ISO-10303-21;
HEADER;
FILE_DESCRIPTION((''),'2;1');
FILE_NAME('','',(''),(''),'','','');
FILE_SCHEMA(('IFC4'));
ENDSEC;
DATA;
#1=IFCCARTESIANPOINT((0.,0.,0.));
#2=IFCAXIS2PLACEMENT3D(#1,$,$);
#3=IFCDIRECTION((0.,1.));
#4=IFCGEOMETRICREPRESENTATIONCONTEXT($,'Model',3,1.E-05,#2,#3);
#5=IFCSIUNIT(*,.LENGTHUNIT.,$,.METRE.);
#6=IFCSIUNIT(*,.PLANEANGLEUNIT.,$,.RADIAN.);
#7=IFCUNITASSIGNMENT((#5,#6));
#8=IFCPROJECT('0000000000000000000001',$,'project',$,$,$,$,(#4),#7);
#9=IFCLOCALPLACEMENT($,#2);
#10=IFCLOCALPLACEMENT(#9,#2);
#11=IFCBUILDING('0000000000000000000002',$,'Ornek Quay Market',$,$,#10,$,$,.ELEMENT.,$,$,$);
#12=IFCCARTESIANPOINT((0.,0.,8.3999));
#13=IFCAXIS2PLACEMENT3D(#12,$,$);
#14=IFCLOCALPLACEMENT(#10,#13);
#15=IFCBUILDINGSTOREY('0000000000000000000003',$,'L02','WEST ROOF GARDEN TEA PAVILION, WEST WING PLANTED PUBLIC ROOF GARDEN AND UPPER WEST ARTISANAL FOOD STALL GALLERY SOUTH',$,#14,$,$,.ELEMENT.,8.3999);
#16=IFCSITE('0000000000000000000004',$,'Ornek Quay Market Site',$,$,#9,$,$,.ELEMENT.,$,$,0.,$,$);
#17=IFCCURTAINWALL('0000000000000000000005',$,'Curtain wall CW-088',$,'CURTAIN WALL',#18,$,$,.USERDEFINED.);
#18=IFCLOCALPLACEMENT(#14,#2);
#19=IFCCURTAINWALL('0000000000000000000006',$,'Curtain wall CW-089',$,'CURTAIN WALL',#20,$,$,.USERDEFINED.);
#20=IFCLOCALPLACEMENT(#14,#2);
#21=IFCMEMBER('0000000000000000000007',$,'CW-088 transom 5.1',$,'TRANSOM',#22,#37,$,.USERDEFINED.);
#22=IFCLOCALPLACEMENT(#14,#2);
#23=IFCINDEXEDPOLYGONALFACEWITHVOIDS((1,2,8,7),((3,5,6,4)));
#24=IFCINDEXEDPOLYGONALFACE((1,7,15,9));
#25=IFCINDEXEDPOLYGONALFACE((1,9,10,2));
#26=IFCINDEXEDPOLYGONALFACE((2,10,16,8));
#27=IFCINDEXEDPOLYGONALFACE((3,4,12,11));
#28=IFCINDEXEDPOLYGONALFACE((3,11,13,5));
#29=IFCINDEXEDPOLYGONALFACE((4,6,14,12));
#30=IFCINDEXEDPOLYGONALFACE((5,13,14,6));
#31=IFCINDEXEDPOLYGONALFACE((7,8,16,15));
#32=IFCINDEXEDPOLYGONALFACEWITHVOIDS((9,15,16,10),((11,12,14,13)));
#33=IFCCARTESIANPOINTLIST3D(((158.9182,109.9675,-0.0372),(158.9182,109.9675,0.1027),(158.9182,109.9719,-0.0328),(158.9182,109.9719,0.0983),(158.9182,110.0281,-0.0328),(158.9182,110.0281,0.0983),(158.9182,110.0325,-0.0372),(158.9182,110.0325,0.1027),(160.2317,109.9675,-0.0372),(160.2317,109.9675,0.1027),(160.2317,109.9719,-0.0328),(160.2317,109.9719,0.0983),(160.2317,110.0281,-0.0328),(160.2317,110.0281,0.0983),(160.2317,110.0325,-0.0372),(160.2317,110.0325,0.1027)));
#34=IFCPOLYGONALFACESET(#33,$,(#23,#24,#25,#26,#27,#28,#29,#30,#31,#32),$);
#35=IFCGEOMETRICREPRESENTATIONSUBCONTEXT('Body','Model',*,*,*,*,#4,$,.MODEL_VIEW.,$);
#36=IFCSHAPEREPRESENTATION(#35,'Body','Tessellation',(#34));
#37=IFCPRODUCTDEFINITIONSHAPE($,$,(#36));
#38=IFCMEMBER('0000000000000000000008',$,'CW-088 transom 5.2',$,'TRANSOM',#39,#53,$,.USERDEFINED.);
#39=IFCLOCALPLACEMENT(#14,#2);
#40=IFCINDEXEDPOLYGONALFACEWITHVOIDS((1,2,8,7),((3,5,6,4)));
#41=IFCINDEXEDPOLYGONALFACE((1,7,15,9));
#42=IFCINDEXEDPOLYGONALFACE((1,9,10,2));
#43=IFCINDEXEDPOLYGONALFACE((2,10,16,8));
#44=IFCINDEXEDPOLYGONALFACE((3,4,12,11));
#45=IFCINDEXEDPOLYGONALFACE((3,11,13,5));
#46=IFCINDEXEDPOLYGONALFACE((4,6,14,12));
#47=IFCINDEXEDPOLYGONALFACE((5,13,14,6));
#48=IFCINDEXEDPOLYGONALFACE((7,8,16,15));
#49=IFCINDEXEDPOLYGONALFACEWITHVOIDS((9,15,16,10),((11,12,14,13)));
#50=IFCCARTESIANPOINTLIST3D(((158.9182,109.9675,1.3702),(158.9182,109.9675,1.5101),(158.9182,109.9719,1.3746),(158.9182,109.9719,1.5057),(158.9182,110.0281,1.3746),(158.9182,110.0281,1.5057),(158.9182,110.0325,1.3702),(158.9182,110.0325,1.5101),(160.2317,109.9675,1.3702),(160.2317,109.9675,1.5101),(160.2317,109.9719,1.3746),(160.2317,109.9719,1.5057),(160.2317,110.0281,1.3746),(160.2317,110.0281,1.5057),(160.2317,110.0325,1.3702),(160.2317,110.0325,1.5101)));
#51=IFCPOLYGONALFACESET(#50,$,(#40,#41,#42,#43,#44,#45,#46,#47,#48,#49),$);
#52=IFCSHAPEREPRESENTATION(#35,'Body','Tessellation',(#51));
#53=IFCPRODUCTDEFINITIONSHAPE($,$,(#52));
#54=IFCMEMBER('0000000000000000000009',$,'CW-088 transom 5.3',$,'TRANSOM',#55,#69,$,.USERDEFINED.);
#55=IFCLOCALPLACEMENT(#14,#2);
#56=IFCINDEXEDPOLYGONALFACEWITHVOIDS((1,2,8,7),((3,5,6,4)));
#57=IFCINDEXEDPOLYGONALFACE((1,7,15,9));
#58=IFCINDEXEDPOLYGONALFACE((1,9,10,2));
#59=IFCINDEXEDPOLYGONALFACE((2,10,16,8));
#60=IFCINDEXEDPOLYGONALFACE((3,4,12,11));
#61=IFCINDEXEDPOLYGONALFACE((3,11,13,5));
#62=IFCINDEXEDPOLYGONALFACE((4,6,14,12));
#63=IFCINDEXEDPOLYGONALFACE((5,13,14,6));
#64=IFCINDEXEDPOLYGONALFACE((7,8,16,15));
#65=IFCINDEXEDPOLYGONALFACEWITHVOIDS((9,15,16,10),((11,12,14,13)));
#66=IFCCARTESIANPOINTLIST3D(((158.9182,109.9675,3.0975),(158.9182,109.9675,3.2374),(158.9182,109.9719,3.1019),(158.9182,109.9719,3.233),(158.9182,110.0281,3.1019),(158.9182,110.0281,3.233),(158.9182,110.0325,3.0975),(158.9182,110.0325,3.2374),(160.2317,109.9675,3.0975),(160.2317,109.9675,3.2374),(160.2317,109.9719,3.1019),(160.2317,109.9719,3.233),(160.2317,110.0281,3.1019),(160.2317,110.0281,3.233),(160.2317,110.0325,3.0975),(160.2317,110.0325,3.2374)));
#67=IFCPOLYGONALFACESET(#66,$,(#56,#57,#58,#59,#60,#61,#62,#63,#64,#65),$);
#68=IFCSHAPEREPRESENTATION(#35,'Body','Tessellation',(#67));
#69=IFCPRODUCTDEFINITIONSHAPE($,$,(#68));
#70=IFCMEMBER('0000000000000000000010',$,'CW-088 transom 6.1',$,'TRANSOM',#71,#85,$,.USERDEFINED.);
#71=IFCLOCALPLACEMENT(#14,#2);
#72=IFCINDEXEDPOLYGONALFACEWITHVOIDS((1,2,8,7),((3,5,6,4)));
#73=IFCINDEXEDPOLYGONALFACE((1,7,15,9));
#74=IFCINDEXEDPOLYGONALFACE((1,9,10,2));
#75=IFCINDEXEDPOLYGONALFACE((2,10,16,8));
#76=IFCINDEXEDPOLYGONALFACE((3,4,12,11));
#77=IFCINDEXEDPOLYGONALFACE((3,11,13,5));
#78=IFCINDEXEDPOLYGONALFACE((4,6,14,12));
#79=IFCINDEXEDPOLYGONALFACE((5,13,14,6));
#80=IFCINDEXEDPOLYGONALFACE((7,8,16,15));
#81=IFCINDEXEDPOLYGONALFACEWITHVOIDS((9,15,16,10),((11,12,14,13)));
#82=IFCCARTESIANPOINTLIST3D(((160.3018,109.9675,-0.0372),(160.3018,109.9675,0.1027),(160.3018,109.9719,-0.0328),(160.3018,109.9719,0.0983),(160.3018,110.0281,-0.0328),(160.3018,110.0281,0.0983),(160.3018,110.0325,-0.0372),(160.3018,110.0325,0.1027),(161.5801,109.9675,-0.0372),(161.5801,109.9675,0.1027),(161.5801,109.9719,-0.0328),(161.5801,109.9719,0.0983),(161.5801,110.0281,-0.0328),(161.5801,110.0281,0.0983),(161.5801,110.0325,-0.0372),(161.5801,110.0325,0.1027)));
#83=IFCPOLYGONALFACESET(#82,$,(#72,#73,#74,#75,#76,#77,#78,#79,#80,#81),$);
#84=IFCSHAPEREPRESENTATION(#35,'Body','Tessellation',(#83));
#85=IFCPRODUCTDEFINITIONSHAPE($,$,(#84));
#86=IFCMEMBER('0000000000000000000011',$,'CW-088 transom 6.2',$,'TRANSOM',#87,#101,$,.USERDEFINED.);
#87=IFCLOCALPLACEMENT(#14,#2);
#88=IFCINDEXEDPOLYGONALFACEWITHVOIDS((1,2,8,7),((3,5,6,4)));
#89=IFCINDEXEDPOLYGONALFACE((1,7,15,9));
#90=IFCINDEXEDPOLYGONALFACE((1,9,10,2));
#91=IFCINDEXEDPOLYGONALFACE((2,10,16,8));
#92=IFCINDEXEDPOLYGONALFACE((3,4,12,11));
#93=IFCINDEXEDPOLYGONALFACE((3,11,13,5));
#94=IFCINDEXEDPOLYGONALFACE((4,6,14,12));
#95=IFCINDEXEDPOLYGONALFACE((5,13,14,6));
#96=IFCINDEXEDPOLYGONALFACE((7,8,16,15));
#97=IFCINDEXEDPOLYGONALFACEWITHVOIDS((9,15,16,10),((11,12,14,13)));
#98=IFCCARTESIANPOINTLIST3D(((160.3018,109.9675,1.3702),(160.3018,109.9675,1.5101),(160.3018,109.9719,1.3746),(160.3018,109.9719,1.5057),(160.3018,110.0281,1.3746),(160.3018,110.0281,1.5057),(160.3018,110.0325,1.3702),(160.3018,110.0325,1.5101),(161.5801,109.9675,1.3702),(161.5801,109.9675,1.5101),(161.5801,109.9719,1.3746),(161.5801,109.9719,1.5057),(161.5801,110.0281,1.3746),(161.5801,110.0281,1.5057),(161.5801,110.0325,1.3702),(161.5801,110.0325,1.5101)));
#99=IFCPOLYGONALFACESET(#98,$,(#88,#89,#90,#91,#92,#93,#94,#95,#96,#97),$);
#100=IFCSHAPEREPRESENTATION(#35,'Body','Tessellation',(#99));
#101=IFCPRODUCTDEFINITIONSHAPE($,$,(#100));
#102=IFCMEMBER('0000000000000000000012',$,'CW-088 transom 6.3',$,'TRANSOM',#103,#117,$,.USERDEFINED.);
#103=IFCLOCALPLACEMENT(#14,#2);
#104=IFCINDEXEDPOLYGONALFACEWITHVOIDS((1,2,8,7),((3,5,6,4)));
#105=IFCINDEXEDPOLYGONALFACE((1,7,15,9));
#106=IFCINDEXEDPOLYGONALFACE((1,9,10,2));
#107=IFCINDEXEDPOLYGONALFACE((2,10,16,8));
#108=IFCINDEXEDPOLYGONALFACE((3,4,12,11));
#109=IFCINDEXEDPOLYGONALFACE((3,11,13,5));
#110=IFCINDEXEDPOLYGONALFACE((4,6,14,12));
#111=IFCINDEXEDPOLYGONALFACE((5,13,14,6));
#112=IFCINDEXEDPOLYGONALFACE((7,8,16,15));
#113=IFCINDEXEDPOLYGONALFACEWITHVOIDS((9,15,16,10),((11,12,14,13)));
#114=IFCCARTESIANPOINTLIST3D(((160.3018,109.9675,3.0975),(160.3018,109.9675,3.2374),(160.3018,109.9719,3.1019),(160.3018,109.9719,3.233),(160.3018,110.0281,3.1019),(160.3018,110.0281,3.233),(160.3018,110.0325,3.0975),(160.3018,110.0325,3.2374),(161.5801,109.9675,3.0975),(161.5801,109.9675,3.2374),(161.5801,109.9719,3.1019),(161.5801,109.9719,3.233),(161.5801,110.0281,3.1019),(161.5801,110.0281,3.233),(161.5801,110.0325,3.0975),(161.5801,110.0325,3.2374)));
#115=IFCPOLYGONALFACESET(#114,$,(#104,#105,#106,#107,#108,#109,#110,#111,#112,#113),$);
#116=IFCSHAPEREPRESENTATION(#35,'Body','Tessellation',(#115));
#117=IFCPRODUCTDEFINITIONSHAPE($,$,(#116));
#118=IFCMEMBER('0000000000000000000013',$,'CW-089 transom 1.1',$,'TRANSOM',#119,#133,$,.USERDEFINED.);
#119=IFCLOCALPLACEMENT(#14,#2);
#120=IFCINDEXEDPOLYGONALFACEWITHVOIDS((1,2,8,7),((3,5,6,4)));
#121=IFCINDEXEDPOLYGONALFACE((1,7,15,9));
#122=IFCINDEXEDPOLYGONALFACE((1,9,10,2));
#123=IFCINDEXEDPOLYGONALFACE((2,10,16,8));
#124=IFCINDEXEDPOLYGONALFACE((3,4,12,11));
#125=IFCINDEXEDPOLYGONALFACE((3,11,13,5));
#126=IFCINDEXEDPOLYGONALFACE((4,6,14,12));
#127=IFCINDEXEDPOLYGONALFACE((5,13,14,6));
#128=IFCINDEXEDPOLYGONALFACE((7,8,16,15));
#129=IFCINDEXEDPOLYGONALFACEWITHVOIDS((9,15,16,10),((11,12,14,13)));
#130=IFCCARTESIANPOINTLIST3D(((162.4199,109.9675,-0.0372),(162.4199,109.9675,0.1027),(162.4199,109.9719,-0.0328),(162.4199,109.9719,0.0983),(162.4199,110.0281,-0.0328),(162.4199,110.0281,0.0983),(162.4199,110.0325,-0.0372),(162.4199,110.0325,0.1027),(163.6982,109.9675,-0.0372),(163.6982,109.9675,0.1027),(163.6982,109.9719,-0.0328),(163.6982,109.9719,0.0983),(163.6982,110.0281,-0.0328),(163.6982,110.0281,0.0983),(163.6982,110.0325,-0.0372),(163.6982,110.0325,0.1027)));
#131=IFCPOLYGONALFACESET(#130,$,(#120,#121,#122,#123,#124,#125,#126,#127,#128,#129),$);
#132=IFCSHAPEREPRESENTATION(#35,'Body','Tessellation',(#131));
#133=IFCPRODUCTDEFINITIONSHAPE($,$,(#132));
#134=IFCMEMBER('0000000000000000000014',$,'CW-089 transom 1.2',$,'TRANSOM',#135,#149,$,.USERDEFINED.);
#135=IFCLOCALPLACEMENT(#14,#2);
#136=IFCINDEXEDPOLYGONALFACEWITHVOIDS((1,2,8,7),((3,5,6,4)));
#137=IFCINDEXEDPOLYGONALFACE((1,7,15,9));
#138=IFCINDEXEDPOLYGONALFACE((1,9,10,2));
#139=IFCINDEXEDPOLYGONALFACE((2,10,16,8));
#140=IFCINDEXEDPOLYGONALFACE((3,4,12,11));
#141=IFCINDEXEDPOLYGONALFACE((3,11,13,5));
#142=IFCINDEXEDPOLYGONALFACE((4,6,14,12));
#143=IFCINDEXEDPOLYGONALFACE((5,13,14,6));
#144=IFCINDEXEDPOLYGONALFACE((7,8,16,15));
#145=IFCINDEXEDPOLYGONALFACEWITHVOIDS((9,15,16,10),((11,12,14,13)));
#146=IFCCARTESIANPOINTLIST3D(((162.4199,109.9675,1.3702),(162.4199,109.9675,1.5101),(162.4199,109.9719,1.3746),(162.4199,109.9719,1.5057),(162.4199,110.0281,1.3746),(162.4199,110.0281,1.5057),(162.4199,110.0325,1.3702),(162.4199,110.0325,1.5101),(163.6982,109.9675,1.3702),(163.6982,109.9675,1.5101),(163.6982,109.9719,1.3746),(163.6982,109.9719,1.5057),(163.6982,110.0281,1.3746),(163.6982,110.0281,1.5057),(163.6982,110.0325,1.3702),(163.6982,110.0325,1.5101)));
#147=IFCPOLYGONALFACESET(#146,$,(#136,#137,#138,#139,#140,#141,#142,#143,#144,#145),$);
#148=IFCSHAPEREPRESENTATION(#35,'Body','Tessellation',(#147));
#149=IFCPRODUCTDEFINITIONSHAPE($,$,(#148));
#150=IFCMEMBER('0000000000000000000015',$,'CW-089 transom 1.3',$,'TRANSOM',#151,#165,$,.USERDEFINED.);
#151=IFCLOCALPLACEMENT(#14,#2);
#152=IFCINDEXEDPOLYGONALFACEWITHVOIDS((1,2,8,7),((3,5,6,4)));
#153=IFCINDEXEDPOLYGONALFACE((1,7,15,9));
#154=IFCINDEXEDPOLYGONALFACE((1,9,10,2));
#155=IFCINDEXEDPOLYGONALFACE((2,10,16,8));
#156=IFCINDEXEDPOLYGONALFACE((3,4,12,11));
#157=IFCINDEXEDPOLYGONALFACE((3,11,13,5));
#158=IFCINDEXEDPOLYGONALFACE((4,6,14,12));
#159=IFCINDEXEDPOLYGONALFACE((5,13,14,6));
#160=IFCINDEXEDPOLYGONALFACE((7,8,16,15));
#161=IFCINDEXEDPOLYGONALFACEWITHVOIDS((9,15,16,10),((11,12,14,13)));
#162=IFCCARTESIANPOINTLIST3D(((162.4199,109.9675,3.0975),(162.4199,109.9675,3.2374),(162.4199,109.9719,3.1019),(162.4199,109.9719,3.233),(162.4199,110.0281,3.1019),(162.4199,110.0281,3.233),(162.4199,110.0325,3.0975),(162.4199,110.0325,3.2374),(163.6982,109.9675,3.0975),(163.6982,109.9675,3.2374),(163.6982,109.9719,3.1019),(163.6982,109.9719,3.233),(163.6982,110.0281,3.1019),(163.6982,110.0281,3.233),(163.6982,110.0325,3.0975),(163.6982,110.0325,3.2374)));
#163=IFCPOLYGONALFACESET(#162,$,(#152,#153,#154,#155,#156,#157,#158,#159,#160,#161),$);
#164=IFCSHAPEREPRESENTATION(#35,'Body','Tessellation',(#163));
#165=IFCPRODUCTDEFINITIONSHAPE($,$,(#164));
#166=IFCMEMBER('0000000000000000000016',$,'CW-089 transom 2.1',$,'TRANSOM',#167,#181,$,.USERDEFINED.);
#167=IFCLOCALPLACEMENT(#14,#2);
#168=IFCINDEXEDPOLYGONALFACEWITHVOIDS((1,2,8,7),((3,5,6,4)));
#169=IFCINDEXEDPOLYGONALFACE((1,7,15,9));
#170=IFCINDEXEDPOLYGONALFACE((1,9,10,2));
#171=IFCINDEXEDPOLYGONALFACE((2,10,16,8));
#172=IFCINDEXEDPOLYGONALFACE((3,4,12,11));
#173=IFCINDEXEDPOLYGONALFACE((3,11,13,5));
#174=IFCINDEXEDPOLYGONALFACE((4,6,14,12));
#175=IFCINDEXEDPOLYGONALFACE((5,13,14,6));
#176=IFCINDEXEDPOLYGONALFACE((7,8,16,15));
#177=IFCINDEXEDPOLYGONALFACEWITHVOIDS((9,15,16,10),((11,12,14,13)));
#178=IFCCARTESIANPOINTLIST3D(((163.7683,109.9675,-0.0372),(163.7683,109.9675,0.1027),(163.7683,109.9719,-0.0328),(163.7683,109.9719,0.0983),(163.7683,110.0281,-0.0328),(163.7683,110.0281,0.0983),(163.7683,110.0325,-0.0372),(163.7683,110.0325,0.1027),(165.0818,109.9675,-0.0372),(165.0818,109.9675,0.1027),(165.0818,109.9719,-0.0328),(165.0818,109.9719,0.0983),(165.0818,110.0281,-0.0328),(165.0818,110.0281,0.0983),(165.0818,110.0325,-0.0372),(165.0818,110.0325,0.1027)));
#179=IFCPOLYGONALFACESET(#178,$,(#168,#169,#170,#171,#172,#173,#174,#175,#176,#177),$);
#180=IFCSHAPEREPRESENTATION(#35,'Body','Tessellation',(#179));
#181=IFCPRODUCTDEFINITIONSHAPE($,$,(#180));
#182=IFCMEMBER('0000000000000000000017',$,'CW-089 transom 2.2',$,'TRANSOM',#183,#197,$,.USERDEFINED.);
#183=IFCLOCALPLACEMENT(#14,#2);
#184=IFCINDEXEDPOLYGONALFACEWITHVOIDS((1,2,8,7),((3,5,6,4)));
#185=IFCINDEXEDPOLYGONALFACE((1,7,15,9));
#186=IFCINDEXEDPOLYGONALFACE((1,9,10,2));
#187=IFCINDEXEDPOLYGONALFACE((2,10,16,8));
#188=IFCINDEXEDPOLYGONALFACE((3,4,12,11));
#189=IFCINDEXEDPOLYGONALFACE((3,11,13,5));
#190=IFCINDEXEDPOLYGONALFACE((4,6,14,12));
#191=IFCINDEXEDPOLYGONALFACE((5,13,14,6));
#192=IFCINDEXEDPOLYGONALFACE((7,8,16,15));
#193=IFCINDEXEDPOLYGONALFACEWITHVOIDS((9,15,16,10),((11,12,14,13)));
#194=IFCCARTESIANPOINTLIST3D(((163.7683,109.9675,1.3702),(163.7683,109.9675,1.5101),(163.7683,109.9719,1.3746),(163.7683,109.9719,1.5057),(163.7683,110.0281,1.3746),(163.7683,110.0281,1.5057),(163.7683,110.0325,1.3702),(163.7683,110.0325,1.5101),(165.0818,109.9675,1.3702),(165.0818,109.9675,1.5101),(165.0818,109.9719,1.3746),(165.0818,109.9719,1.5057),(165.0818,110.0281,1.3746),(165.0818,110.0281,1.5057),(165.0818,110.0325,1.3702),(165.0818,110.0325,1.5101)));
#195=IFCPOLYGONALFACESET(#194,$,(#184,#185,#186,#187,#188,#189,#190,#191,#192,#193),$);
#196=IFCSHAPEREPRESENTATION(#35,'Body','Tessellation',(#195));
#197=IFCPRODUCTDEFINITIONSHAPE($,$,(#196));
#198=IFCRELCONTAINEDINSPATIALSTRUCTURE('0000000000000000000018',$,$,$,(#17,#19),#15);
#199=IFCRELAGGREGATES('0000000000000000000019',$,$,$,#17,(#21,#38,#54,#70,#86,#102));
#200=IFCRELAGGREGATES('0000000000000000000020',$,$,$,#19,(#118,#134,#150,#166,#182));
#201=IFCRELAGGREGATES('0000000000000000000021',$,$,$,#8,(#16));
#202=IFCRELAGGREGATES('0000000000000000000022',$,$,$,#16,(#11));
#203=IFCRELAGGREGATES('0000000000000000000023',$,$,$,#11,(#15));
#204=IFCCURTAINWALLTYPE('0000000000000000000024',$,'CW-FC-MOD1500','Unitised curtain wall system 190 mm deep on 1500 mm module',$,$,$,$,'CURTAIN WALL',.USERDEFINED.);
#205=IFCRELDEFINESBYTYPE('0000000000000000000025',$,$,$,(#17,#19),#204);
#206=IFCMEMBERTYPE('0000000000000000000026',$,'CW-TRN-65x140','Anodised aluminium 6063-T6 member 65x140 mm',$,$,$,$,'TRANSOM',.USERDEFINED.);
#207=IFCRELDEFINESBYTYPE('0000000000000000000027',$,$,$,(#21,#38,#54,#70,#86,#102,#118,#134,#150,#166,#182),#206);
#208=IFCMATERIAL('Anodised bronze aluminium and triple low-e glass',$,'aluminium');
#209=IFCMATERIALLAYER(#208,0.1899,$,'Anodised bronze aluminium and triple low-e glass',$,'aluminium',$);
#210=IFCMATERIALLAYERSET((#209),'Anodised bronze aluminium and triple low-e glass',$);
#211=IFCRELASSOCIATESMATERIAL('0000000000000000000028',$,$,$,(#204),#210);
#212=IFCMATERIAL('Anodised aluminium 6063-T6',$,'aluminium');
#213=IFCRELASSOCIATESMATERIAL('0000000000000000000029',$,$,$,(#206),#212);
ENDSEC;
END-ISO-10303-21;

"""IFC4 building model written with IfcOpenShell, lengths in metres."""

from ifc_helpers import new_model, si_unit, direction, frame, origin, origin_2d, place, context, subcontext, project, spatial, hollow_rectangle, extrude, material, layer, layer_set, material_profile, profile_set, type_object, element, aggregate, save


model = new_model("IFC4")

# Units and contexts
model_context = context("Model", 3, precision=1e-05, world=origin(), true_north=direction((0.0, 1.0)))
body_context = subcontext(model_context, "Body", "Model", "MODEL_VIEW")
ifc_project = project(units=[si_unit("LENGTHUNIT", "METRE"), si_unit("PLANEANGLEUNIT", "RADIAN")], contexts=[model_context])

# Site, building, storey
site_placement = place(None, origin())
site = spatial("IfcSite", under=ifc_project, at=site_placement, Name="Ornek Quay Market Site", CompositionType="ELEMENT", RefElevation=0.0)
building_placement = place(site_placement, origin())
building = spatial("IfcBuilding", under=site, at=building_placement, Name="Ornek Quay Market", CompositionType="ELEMENT")
storey_placement = place(building_placement, frame((0.0, 0.0, 8.3999)))
storey = spatial("IfcBuildingStorey", under=building, at=storey_placement, Name="L02", Description="WEST ROOF GARDEN TEA PAVILION, WEST WING PLANTED PUBLIC ROOF GARDEN AND UPPER WEST ARTISANAL FOOD STALL GALLERY SOUTH", CompositionType="ELEMENT", Elevation=8.3999)

# Curtain walls
ifc_material_1 = material(Name="Anodised bronze aluminium and triple low-e glass", Category="aluminium")
ifc_layer_1 = layer(ifc_material_1, 0.1899, Name="Anodised bronze aluminium and triple low-e glass", Category="aluminium")
ifc_layer_set_1 = layer_set([ifc_layer_1], Name="Anodised bronze aluminium and triple low-e glass")
curtain_wall_type = type_object("IfcCurtainWallType", Name="CW-FC-MOD1500", Description="Unitised curtain wall system 190 mm deep on 1500 mm module", ElementType="CURTAIN WALL", PredefinedType="USERDEFINED", material=ifc_layer_set_1)
curtain_wall_1_placement = place(storey_placement, origin())
curtain_wall_1 = element("IfcCurtainWall", 1, at=curtain_wall_1_placement, inside=storey, type_object=curtain_wall_type, Name="Curtain wall CW-088", ObjectType="CURTAIN WALL", PredefinedType="USERDEFINED")
ifc_material_2 = material(Name="Anodised aluminium 6063-T6", Category="aluminium")
curtain_wall_2_placement = place(storey_placement, origin())
curtain_wall_2 = element("IfcCurtainWall", 2, at=curtain_wall_2_placement, inside=storey, type_object=curtain_wall_type, Name="Curtain wall CW-089", ObjectType="CURTAIN WALL", PredefinedType="USERDEFINED")

# Members
ifc_material_profile_1 = material_profile(ifc_material_2, hollow_rectangle(XDim=0.0649, YDim=0.1399, WallThickness=0.0044, at=origin_2d()), Name="CW-TRN-65x140", Category="aluminium")
ifc_profile_set_1 = profile_set([ifc_material_profile_1], Name="Anodised aluminium 6063-T6")
member_type_1 = type_object("IfcMemberType", Name="CW-TRN-65x140", Description="Anodised aluminium 6063-T6 member 65x140 mm", ElementType="TRANSOM", PredefinedType="USERDEFINED", material=ifc_profile_set_1)
member_1_placement = place(storey_placement, frame((158.9182, 110.0, 0.0327), z_axis=(1.0, 0.0, 0.0), x_axis=(0.0, 1.0, 0.0)))
member_1 = element("IfcMember", 3, at=member_1_placement, type_object=member_type_1, Name="CW-088 transom 5.1", ObjectType="TRANSOM", PredefinedType="USERDEFINED", context=body_context, shape_type="SweptSolid", body=[
    extrude(hollow_rectangle(XDim=0.0649, YDim=0.1399, WallThickness=0.0044, at=origin_2d()), origin(), (0.0, 0.0, 1.0), 1.3135),
])
member_2_placement = place(storey_placement, frame((158.9182, 110.0, 1.4402), z_axis=(1.0, 0.0, 0.0), x_axis=(0.0, 1.0, 0.0)))
member_2 = element("IfcMember", 4, at=member_2_placement, type_object=member_type_1, Name="CW-088 transom 5.2", ObjectType="TRANSOM", PredefinedType="USERDEFINED", context=body_context, shape_type="SweptSolid", body=[
    extrude(hollow_rectangle(XDim=0.0649, YDim=0.1399, WallThickness=0.0044, at=origin_2d()), origin(), (0.0, 0.0, 1.0), 1.3135),
])
member_3_placement = place(storey_placement, frame((158.9182, 110.0, 3.1675), z_axis=(1.0, 0.0, 0.0), x_axis=(0.0, 1.0, 0.0)))
member_3 = element("IfcMember", 5, at=member_3_placement, type_object=member_type_1, Name="CW-088 transom 5.3", ObjectType="TRANSOM", PredefinedType="USERDEFINED", context=body_context, shape_type="SweptSolid", body=[
    extrude(hollow_rectangle(XDim=0.0649, YDim=0.1399, WallThickness=0.0044, at=origin_2d()), origin(), (0.0, 0.0, 1.0), 1.3135),
])
member_4_placement = place(storey_placement, frame((160.3018, 110.0, 0.0327), z_axis=(1.0, 0.0, 0.0), x_axis=(0.0, 1.0, 0.0)))
member_4 = element("IfcMember", 6, at=member_4_placement, type_object=member_type_1, Name="CW-088 transom 6.1", ObjectType="TRANSOM", PredefinedType="USERDEFINED", context=body_context, shape_type="SweptSolid", body=[
    extrude(hollow_rectangle(XDim=0.0649, YDim=0.1399, WallThickness=0.0044, at=origin_2d()), origin(), (0.0, 0.0, 1.0), 1.2783),
])
member_5_placement = place(storey_placement, frame((160.3018, 110.0, 1.4402), z_axis=(1.0, 0.0, 0.0), x_axis=(0.0, 1.0, 0.0)))
member_5 = element("IfcMember", 7, at=member_5_placement, type_object=member_type_1, Name="CW-088 transom 6.2", ObjectType="TRANSOM", PredefinedType="USERDEFINED", context=body_context, shape_type="SweptSolid", body=[
    extrude(hollow_rectangle(XDim=0.0649, YDim=0.1399, WallThickness=0.0044, at=origin_2d()), origin(), (0.0, 0.0, 1.0), 1.2783),
])
member_6_placement = place(storey_placement, frame((160.3018, 110.0, 3.1675), z_axis=(1.0, 0.0, 0.0), x_axis=(0.0, 1.0, 0.0)))
member_6 = element("IfcMember", 8, at=member_6_placement, type_object=member_type_1, Name="CW-088 transom 6.3", ObjectType="TRANSOM", PredefinedType="USERDEFINED", context=body_context, shape_type="SweptSolid", body=[
    extrude(hollow_rectangle(XDim=0.0649, YDim=0.1399, WallThickness=0.0044, at=origin_2d()), origin(), (0.0, 0.0, 1.0), 1.2783),
])
member_7_placement = place(storey_placement, frame((162.4199, 110.0, 0.0327), z_axis=(1.0, 0.0, 0.0), x_axis=(0.0, 1.0, 0.0)))
member_7 = element("IfcMember", 9, at=member_7_placement, type_object=member_type_1, Name="CW-089 transom 1.1", ObjectType="TRANSOM", PredefinedType="USERDEFINED", context=body_context, shape_type="SweptSolid", body=[
    extrude(hollow_rectangle(XDim=0.0649, YDim=0.1399, WallThickness=0.0044, at=origin_2d()), origin(), (0.0, 0.0, 1.0), 1.2783),
])
member_8_placement = place(storey_placement, frame((162.4199, 110.0, 1.4402), z_axis=(1.0, 0.0, 0.0), x_axis=(0.0, 1.0, 0.0)))
member_8 = element("IfcMember", 10, at=member_8_placement, type_object=member_type_1, Name="CW-089 transom 1.2", ObjectType="TRANSOM", PredefinedType="USERDEFINED", context=body_context, shape_type="SweptSolid", body=[
    extrude(hollow_rectangle(XDim=0.0649, YDim=0.1399, WallThickness=0.0044, at=origin_2d()), origin(), (0.0, 0.0, 1.0), 1.2783),
])
member_9_placement = place(storey_placement, frame((162.4199, 110.0, 3.1675), z_axis=(1.0, 0.0, 0.0), x_axis=(0.0, 1.0, 0.0)))
member_9 = element("IfcMember", 11, at=member_9_placement, type_object=member_type_1, Name="CW-089 transom 1.3", ObjectType="TRANSOM", PredefinedType="USERDEFINED", context=body_context, shape_type="SweptSolid", body=[
    extrude(hollow_rectangle(XDim=0.0649, YDim=0.1399, WallThickness=0.0044, at=origin_2d()), origin(), (0.0, 0.0, 1.0), 1.2783),
])
member_10_placement = place(storey_placement, frame((163.7683, 110.0, 0.0327), z_axis=(1.0, 0.0, 0.0), x_axis=(0.0, 1.0, 0.0)))
member_10 = element("IfcMember", 12, at=member_10_placement, type_object=member_type_1, Name="CW-089 transom 2.1", ObjectType="TRANSOM", PredefinedType="USERDEFINED", context=body_context, shape_type="SweptSolid", body=[
    extrude(hollow_rectangle(XDim=0.0649, YDim=0.1399, WallThickness=0.0044, at=origin_2d()), origin(), (0.0, 0.0, 1.0), 1.3135),
])
member_11_placement = place(storey_placement, frame((163.7683, 110.0, 1.4402), z_axis=(1.0, 0.0, 0.0), x_axis=(0.0, 1.0, 0.0)))
member_11 = element("IfcMember", 13, at=member_11_placement, type_object=member_type_1, Name="CW-089 transom 2.2", ObjectType="TRANSOM", PredefinedType="USERDEFINED", context=body_context, shape_type="SweptSolid", body=[
    extrude(hollow_rectangle(XDim=0.0649, YDim=0.1399, WallThickness=0.0044, at=origin_2d()), origin(), (0.0, 0.0, 1.0), 1.3135),
])

aggregate(curtain_wall_1, [member_1, member_2, member_3, member_4, member_5, member_6])
aggregate(curtain_wall_2, [member_7, member_8, member_9, member_10, member_11])

save(model, "model.ifc")
